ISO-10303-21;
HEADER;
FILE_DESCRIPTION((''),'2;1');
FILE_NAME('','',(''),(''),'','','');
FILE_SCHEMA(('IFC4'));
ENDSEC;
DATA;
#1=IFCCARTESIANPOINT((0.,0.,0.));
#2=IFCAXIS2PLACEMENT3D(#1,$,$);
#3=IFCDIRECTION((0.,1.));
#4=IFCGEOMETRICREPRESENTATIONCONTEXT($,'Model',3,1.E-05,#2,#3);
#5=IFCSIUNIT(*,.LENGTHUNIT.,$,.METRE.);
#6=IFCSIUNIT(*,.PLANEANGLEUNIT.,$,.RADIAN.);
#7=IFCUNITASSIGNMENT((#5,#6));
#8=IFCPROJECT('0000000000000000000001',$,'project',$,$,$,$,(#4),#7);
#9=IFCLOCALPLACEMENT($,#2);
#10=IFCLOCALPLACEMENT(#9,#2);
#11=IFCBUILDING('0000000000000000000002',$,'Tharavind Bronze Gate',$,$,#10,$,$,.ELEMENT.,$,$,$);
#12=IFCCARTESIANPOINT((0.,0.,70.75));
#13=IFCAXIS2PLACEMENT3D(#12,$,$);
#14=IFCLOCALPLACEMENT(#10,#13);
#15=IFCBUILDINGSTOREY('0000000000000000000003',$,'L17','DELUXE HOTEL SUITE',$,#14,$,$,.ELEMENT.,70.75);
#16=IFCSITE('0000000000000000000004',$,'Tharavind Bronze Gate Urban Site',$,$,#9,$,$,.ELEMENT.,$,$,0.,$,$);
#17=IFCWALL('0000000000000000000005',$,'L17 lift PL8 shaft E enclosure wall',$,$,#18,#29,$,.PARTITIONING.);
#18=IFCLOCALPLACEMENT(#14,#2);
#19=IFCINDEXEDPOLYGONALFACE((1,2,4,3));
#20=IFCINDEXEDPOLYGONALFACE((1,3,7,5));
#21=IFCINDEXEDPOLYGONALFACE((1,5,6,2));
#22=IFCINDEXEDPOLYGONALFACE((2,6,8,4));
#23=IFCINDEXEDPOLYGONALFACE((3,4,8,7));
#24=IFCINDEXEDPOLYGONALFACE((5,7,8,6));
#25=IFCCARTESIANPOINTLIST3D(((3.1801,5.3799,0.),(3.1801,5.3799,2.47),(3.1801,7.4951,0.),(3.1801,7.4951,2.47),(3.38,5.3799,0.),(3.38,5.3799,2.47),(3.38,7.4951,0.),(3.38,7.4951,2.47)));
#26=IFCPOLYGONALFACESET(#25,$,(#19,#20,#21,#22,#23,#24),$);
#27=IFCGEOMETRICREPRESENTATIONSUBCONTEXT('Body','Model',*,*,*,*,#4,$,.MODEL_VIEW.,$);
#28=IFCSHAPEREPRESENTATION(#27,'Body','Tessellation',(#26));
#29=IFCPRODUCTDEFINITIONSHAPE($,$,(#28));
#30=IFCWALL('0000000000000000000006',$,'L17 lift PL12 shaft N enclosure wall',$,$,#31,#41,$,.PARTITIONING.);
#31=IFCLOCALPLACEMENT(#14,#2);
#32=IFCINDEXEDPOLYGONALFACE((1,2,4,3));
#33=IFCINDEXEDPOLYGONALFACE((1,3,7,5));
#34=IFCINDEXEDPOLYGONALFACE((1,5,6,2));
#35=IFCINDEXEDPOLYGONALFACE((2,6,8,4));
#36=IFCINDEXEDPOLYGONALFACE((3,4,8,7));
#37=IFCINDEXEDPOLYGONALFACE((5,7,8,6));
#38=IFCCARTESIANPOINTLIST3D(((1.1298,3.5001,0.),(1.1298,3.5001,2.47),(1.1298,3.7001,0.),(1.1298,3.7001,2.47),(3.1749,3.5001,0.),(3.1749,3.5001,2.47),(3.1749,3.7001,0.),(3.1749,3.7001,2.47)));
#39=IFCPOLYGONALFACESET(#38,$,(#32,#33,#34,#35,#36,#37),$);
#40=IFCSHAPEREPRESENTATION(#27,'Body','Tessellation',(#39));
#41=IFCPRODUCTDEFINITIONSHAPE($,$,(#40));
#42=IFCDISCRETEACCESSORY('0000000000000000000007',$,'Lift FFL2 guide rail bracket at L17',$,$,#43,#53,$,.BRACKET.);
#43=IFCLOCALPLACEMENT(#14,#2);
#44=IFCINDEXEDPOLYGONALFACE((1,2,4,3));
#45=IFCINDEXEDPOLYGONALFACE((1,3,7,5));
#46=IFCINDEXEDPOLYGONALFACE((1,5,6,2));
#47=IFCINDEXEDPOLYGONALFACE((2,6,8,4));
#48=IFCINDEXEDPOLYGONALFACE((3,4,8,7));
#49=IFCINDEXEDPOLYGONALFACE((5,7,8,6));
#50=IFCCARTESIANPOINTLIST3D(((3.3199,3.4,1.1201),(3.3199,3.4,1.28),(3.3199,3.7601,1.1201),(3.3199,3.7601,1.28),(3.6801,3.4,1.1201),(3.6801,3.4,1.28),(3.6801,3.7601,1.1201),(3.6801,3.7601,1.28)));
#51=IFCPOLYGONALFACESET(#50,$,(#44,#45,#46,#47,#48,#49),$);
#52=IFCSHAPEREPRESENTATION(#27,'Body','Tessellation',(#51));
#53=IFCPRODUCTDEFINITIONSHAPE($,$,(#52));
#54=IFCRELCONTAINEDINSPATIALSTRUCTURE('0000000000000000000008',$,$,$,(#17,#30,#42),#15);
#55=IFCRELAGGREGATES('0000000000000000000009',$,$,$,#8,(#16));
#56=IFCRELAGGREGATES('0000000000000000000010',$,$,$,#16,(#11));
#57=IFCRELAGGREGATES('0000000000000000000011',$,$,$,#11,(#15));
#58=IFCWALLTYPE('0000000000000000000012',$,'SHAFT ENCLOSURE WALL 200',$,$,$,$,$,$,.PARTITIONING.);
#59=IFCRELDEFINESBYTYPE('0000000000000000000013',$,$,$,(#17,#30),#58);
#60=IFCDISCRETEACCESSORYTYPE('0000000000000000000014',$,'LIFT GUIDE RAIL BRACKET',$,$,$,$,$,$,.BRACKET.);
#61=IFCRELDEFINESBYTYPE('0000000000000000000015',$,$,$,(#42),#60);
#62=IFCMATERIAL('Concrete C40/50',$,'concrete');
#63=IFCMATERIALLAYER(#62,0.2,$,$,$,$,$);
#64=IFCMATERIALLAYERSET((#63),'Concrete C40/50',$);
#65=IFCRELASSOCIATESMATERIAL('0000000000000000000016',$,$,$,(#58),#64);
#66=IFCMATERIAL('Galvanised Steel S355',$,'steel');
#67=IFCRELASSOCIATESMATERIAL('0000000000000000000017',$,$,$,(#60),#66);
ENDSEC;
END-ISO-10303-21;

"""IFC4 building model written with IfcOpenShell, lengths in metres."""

from ifc_helpers import new_model, si_unit, direction, frame, frame_2d, origin, origin_2d, place, context, subcontext, project, spatial, rectangle, extrude, material, layer, layer_set, type_object, element, save


model = new_model("IFC4")

# Units and contexts
model_context = context("Model", 3, precision=1e-05, world=origin(), true_north=direction((0.0, 1.0)))
body_context = subcontext(model_context, "Body", "Model", "MODEL_VIEW")
ifc_project = project(units=[si_unit("LENGTHUNIT", "METRE"), si_unit("PLANEANGLEUNIT", "RADIAN")], contexts=[model_context])

# Site, building, storey
site_placement = place(None, origin())
site = spatial("IfcSite", under=ifc_project, at=site_placement, Name="Tharavind Bronze Gate Urban Site", CompositionType="ELEMENT", RefElevation=0.0)
building_placement = place(site_placement, origin())
building = spatial("IfcBuilding", under=site, at=building_placement, Name="Tharavind Bronze Gate", CompositionType="ELEMENT")
storey_placement = place(building_placement, frame((0.0, 0.0, 70.75)))
storey = spatial("IfcBuildingStorey", under=building, at=storey_placement, Name="L17", Description="DELUXE HOTEL SUITE", CompositionType="ELEMENT", Elevation=70.75)

# Walls
ifc_material_1 = material(Name="Concrete C40/50", Category="concrete")
ifc_layer_1 = layer(ifc_material_1, 0.2)
ifc_layer_set_1 = layer_set([ifc_layer_1], Name="Concrete C40/50")
wall_type_1 = type_object("IfcWallType", Name="SHAFT ENCLOSURE WALL 200", PredefinedType="PARTITIONING", material=ifc_layer_set_1)
wall_1_placement = place(storey_placement, frame((3.28, 5.3799, 0.0), z_axis=(0.0, 0.0, 1.0), x_axis=(0.0, 1.0, 0.0)))
element("IfcWall", 1, at=wall_1_placement, inside=storey, type_object=wall_type_1, Name="L17 lift PL8 shaft E enclosure wall", PredefinedType="PARTITIONING", context=body_context, shape_type="SweptSolid", body=[
    extrude(rectangle(XDim=2.1152, YDim=0.2, at=frame_2d((1.0576, 0.0))), origin(), (0.0, 0.0, 1.0), 2.47),
])
wall_2_placement = place(storey_placement, frame((1.1299, 3.6001, 0.0), z_axis=(0.0, 0.0, 1.0), x_axis=(1.0, 0.0, 0.0)))
element("IfcWall", 2, at=wall_2_placement, inside=storey, type_object=wall_type_1, Name="L17 lift PL12 shaft N enclosure wall", PredefinedType="PARTITIONING", context=body_context, shape_type="SweptSolid", body=[
    extrude(rectangle(XDim=2.0452, YDim=0.2, at=frame_2d((1.0225, 0.0))), origin(), (0.0, 0.0, 1.0), 2.47),
])

# Discrete accessory
ifc_material_2 = material(Name="Galvanised Steel S355", Category="steel")
discrete_accessory_type = type_object("IfcDiscreteAccessoryType", Name="LIFT GUIDE RAIL BRACKET", PredefinedType="BRACKET", material=ifc_material_2)
discrete_accessory_placement = place(storey_placement, frame((3.5, 3.5801, 1.1201), z_axis=(0.0, 0.0, 1.0), x_axis=(1.0, 0.0, 0.0)))
element("IfcDiscreteAccessory", 3, at=discrete_accessory_placement, inside=storey, type_object=discrete_accessory_type, Name="Lift FFL2 guide rail bracket at L17", PredefinedType="BRACKET", context=body_context, shape_type="SweptSolid", body=[
    extrude(rectangle(XDim=0.3601, YDim=0.3601, at=origin_2d()), origin(), (0.0, 0.0, 1.0), 0.1599),
])

save(model, "model.ifc")
